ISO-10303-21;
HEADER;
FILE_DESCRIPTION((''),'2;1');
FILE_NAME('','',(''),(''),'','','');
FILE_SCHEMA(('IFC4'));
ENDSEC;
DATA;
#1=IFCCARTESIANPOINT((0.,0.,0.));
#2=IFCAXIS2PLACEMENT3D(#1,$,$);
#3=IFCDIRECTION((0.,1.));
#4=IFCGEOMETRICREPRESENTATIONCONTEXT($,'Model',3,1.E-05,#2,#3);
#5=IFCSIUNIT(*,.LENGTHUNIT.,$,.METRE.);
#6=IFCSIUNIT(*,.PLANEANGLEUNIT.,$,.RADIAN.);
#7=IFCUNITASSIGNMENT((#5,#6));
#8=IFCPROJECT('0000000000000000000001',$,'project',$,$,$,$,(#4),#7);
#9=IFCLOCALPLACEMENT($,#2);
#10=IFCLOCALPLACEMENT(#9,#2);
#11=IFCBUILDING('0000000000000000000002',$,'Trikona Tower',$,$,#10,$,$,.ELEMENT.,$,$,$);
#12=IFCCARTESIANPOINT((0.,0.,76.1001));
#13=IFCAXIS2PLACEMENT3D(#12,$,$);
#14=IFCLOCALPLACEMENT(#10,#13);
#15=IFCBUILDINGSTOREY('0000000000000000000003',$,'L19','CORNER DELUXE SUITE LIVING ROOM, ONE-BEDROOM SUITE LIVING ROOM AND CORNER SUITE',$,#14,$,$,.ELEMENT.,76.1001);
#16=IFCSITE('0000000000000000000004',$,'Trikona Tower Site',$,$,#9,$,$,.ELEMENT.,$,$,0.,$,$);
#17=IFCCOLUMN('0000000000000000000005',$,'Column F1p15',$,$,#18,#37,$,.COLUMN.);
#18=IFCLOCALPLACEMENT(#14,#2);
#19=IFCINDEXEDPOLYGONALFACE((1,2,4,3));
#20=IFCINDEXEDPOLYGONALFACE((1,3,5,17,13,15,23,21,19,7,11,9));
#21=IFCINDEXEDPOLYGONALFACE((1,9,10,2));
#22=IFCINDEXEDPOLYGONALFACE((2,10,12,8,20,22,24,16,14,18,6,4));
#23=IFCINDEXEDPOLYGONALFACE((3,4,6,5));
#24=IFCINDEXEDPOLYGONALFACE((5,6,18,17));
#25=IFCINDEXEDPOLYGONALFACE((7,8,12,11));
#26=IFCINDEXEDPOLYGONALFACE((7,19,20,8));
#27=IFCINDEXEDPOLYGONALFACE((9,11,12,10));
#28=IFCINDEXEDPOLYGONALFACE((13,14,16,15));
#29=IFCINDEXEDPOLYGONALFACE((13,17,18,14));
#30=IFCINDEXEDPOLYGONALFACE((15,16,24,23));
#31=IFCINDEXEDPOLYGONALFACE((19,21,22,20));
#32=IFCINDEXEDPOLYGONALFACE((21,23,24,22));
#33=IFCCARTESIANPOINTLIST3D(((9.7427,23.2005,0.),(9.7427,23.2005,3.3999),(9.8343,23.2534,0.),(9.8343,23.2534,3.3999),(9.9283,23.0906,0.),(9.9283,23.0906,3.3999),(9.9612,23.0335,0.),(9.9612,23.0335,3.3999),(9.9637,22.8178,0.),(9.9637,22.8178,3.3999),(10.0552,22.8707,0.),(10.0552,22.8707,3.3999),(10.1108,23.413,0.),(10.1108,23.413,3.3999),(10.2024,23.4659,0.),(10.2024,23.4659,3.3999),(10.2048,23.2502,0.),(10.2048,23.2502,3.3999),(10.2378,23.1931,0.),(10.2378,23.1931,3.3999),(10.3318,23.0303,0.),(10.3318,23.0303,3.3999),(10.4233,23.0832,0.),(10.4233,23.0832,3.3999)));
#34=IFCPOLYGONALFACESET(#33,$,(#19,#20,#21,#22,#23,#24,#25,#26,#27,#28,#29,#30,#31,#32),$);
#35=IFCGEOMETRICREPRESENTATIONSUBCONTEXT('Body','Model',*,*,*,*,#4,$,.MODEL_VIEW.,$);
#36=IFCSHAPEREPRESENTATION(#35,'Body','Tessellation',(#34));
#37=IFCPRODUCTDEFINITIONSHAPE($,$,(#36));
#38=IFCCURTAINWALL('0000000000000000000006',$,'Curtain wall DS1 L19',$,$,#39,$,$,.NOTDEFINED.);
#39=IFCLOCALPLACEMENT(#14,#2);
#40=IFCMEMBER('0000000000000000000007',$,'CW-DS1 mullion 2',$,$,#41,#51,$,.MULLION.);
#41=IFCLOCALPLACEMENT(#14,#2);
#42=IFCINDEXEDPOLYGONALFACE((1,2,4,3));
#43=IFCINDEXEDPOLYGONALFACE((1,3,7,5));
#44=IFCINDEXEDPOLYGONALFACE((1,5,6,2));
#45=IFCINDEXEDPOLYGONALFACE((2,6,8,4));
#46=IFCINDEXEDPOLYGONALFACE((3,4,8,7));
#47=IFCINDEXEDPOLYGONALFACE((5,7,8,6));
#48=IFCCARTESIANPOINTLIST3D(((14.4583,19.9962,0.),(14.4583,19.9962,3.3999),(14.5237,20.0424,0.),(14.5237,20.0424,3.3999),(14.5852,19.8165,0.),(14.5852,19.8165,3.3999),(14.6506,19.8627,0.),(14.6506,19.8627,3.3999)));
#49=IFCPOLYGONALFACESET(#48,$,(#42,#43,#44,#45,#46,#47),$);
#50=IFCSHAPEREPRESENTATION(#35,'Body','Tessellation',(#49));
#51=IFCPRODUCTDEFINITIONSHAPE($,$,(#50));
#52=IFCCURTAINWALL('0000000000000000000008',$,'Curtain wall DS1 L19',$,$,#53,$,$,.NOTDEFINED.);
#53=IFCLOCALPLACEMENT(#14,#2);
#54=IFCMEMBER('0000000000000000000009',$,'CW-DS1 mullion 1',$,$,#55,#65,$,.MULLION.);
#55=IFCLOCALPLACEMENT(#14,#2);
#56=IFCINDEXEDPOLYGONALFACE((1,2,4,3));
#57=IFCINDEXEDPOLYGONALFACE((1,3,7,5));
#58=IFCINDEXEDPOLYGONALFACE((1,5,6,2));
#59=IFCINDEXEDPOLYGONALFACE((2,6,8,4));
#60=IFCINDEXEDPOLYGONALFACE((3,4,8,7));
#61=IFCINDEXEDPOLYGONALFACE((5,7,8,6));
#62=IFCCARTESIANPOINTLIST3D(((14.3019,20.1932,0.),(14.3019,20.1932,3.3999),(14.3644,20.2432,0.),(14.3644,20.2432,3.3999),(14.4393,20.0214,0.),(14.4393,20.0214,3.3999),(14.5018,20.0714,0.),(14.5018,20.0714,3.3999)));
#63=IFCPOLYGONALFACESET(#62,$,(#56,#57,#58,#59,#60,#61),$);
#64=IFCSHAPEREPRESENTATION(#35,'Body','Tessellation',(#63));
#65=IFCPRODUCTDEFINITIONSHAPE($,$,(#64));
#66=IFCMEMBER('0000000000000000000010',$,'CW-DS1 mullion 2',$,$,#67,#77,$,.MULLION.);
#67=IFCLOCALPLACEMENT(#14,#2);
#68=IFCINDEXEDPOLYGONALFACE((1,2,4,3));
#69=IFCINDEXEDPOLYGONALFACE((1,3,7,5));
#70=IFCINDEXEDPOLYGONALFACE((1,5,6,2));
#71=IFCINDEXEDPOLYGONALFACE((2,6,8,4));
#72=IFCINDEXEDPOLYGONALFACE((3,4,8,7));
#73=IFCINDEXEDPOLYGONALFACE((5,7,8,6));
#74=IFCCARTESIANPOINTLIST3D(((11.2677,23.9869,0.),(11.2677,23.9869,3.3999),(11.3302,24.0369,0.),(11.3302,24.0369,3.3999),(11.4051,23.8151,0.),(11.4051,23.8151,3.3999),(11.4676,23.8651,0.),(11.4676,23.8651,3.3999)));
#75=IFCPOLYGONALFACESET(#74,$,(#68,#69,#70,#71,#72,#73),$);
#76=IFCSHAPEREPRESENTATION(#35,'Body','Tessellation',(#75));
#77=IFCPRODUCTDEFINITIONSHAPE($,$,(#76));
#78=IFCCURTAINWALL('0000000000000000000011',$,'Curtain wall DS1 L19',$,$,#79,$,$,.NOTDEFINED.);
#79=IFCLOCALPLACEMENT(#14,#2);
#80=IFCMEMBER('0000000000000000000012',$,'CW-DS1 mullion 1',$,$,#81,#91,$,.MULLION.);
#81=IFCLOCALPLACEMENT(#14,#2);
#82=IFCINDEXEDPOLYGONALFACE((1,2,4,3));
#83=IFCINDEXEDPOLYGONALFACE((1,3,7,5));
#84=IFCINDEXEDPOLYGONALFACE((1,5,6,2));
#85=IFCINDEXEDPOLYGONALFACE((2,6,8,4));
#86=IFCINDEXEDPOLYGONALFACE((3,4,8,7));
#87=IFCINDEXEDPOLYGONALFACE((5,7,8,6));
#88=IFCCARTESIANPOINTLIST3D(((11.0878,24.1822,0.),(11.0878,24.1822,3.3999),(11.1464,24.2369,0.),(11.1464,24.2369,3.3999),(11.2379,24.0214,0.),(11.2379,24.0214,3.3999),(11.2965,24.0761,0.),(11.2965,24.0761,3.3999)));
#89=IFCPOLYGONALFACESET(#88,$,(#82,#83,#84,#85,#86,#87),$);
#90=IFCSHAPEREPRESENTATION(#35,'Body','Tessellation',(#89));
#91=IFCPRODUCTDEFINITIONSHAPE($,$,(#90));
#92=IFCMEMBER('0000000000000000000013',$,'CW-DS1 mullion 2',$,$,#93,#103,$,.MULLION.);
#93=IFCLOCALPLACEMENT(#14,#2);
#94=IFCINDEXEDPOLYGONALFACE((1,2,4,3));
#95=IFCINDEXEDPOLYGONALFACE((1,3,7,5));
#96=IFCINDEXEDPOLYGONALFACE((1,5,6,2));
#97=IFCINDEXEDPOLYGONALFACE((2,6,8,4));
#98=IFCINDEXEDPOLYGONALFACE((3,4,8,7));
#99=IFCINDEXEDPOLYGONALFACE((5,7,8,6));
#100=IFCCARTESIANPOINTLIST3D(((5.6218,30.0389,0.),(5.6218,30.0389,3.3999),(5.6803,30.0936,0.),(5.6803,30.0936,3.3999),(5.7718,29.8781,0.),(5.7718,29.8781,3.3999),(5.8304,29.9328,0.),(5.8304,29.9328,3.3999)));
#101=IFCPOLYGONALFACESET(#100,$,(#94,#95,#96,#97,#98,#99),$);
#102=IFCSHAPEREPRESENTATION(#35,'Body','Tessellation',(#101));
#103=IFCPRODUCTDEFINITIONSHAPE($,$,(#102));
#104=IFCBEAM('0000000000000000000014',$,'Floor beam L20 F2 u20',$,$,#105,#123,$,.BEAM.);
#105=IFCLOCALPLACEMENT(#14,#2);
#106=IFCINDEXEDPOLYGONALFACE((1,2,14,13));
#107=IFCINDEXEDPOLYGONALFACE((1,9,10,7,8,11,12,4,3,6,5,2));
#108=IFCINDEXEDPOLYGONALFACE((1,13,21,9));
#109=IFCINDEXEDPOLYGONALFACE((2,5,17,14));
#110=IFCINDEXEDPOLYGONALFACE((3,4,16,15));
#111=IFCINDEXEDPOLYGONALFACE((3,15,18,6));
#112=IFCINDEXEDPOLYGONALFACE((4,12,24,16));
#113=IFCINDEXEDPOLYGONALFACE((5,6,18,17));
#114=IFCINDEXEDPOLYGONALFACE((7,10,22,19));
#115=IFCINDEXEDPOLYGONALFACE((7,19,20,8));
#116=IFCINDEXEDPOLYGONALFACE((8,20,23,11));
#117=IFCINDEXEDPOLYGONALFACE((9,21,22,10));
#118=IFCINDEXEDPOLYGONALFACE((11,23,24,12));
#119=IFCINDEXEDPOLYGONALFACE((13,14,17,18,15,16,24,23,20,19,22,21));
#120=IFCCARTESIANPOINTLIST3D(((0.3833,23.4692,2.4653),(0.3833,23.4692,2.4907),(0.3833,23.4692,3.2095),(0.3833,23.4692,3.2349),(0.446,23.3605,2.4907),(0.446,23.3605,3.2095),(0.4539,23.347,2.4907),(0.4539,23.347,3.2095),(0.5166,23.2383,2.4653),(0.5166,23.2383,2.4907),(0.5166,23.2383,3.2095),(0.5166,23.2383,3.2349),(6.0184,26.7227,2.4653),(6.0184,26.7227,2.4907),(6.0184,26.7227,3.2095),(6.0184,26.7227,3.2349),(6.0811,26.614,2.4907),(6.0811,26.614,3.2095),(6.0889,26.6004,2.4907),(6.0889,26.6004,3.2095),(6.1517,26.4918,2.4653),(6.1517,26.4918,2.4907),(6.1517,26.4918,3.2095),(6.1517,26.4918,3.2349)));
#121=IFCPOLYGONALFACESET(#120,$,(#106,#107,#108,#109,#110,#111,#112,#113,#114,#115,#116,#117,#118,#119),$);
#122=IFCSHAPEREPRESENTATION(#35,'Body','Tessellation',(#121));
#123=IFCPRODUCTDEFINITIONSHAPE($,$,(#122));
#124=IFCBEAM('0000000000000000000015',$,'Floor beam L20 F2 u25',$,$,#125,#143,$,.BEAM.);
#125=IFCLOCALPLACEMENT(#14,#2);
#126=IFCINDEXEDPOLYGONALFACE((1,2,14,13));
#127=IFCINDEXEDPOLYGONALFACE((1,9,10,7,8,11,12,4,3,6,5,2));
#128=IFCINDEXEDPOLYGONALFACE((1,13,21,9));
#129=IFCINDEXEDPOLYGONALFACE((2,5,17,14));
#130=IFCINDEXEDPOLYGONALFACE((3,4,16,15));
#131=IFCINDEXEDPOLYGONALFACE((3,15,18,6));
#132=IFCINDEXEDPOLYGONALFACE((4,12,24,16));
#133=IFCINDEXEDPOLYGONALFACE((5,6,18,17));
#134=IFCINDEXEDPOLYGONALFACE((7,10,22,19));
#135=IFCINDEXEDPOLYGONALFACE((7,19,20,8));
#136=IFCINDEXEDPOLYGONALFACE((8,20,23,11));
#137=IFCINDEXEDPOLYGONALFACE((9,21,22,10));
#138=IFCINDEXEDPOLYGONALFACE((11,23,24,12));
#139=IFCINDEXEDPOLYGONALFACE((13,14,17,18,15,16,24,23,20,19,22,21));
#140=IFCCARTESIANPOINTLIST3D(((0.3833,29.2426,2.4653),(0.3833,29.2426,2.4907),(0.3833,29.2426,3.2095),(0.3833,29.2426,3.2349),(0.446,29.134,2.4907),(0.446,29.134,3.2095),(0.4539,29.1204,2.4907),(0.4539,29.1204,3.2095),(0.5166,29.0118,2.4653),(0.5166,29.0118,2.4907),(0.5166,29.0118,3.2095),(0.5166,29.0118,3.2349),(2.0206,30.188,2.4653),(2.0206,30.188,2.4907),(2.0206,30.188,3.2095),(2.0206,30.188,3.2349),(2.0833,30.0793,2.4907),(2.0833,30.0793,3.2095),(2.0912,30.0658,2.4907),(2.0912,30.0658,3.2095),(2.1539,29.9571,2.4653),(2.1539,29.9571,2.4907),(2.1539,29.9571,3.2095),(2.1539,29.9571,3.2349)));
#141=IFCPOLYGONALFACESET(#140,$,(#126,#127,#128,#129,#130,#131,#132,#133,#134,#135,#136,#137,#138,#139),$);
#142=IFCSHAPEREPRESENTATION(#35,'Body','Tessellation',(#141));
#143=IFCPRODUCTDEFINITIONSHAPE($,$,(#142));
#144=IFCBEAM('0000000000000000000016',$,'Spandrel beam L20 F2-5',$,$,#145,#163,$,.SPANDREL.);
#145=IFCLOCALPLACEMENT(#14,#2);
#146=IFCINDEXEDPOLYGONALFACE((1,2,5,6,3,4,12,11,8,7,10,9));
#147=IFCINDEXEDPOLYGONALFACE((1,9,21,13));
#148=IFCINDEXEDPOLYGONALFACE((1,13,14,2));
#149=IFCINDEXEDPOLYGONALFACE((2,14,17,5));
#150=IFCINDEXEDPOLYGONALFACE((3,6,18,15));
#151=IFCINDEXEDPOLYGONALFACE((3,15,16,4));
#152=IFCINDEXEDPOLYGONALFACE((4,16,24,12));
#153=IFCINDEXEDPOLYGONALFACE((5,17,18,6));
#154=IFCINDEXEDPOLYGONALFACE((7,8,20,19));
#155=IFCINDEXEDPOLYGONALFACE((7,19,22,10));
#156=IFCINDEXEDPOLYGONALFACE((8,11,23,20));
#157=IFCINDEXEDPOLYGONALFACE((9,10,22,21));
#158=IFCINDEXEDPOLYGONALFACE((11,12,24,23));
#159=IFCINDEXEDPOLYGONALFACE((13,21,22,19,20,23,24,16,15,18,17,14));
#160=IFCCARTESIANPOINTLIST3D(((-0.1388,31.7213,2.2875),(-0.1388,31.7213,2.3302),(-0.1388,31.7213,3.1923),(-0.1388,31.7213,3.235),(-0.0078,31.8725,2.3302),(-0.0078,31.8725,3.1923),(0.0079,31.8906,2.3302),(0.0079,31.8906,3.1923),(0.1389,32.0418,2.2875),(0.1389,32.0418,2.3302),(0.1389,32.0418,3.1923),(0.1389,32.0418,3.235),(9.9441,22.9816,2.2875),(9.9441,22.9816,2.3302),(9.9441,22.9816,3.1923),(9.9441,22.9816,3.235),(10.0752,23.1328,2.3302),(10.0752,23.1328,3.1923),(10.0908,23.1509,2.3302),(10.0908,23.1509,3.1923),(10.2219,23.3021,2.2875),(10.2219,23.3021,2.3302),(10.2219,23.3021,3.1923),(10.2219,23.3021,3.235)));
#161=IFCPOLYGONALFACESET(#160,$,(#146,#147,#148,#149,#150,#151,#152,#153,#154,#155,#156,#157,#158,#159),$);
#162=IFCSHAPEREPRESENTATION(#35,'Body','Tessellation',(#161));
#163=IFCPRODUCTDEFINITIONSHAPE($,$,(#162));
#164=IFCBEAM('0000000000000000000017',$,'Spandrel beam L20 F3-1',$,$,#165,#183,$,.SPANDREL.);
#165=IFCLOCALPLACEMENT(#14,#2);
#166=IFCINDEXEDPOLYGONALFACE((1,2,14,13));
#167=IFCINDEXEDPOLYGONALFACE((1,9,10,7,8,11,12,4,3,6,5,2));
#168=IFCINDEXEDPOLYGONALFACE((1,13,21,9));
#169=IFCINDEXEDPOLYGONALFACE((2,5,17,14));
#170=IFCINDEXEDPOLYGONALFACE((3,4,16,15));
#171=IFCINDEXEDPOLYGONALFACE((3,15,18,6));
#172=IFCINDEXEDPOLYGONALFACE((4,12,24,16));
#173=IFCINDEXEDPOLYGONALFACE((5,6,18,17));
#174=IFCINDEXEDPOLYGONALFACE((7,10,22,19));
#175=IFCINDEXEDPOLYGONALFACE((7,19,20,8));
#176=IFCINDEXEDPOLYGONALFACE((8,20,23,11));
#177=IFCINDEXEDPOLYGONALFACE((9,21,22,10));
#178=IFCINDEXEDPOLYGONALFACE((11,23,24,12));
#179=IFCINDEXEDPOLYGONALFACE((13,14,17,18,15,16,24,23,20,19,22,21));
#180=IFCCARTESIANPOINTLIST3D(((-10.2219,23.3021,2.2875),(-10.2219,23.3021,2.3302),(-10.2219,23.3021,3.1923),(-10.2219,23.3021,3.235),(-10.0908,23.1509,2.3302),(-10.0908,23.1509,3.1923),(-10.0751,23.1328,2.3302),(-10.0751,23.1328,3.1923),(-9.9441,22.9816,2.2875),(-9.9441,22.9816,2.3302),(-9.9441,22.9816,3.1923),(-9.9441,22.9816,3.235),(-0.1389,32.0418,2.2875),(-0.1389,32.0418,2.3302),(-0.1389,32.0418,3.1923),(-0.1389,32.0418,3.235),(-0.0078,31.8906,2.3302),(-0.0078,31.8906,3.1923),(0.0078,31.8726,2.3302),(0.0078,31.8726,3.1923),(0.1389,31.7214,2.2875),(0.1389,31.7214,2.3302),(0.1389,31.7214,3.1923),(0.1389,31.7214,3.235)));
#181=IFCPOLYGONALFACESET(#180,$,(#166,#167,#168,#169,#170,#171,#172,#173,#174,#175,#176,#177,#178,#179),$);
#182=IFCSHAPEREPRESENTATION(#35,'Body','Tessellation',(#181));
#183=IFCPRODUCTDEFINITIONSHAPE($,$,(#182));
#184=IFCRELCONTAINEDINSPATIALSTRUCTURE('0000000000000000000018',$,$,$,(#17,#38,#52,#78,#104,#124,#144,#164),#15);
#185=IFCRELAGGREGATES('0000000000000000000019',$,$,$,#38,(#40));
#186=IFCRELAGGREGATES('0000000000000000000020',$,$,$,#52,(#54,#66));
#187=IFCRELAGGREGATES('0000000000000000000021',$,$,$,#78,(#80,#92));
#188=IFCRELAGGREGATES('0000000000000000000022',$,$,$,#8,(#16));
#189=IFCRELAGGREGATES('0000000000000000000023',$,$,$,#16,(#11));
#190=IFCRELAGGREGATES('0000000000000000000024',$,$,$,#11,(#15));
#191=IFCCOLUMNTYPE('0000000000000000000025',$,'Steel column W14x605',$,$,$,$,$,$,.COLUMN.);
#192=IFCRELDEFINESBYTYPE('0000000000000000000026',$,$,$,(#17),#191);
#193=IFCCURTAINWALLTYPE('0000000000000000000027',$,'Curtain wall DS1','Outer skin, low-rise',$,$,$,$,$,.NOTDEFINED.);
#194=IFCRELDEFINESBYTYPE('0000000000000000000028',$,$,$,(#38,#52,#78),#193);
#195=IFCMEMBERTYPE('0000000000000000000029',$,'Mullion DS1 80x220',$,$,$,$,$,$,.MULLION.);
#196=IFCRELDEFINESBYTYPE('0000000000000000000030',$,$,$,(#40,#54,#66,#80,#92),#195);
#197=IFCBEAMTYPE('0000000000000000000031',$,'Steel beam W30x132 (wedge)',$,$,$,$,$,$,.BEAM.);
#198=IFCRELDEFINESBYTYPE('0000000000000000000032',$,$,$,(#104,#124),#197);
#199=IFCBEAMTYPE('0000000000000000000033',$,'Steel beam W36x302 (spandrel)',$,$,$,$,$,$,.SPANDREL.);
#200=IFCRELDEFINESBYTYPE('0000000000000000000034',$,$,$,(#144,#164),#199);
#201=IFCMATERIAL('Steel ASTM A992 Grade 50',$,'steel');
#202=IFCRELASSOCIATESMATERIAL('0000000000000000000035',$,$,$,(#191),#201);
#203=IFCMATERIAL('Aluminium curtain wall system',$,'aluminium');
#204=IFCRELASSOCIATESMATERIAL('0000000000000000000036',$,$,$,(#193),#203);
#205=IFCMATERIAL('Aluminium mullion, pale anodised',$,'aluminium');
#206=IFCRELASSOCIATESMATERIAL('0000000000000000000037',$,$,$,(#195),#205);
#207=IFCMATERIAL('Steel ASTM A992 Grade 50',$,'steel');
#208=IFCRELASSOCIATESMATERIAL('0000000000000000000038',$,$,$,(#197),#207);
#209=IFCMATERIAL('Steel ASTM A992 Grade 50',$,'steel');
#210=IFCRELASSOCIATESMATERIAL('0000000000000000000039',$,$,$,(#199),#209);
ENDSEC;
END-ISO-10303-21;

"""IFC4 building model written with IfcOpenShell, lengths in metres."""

from ifc_helpers import new_model, si_unit, direction, frame, origin, origin_2d, place, context, subcontext, project, spatial, rectangle, i_section, extrude, material, material_profile, profile_set, type_object, element, aggregate, save


model = new_model("IFC4")

# Units and contexts
model_context = context("Model", 3, precision=1e-05, world=origin(), true_north=direction((0.0, 1.0)))
body_context = subcontext(model_context, "Body", "Model", "MODEL_VIEW")
ifc_project = project(units=[si_unit("LENGTHUNIT", "METRE"), si_unit("PLANEANGLEUNIT", "RADIAN")], contexts=[model_context])

# Site, building, storey
site_placement = place(None, origin())
site = spatial("IfcSite", under=ifc_project, at=site_placement, Name="Trikona Tower Site", CompositionType="ELEMENT", RefElevation=0.0)
building_placement = place(site_placement, origin())
building = spatial("IfcBuilding", under=site, at=building_placement, Name="Trikona Tower", CompositionType="ELEMENT")
storey_placement = place(building_placement, frame((0.0, 0.0, 76.1001)))
storey = spatial("IfcBuildingStorey", under=building, at=storey_placement, Name="L19", Description="CORNER DELUXE SUITE LIVING ROOM, ONE-BEDROOM SUITE LIVING ROOM AND CORNER SUITE", CompositionType="ELEMENT", Elevation=76.1001)

# Column
ifc_material_1 = material(Name="Steel ASTM A992 Grade 50", Category="steel")
ifc_material_profile_1 = material_profile(ifc_material_1, i_section(OverallWidth=0.4419, OverallDepth=0.5308, WebThickness=0.0659, FlangeThickness=0.1057, at=origin_2d()), Name="W14X605")
ifc_profile_set_1 = profile_set([ifc_material_profile_1], Name="Steel ASTM A992 Grade 50")
column_type = type_object("IfcColumnType", Name="Steel column W14x605", PredefinedType="COLUMN", material=ifc_profile_set_1)
column_placement = place(storey_placement, frame((10.083, 23.1418, 0.0), z_axis=(0.0, 0.0, 1.0), x_axis=(-0.5, 0.866025, 0.0)))
element("IfcColumn", 1, at=column_placement, inside=storey, type_object=column_type, Name="Column F1p15", PredefinedType="COLUMN", context=body_context, shape_type="SweptSolid", body=[
    extrude(i_section(OverallWidth=0.4419, OverallDepth=0.5308, WebThickness=0.0659, FlangeThickness=0.1057, at=origin_2d()), origin(), (0.0, 0.0, 1.0), 3.3999),
])

# Curtain wall, member
ifc_material_2 = material(Name="Aluminium curtain wall system", Category="aluminium")
curtain_wall_type = type_object("IfcCurtainWallType", Name="Curtain wall DS1", Description="Outer skin, low-rise", PredefinedType="NOTDEFINED", material=ifc_material_2)
curtain_wall_1_placement = place(storey_placement, origin())
curtain_wall_1 = element("IfcCurtainWall", 2, at=curtain_wall_1_placement, inside=storey, type_object=curtain_wall_type, Name="Curtain wall DS1 L19", PredefinedType="NOTDEFINED")
ifc_material_3 = material(Name="Aluminium mullion, pale anodised", Category="aluminium")
ifc_material_profile_2 = material_profile(ifc_material_3, rectangle(XDim=0.0801, YDim=0.22, at=origin_2d()), Name="MUL-DS1")
ifc_profile_set_2 = profile_set([ifc_material_profile_2], Name="Aluminium mullion, pale anodised")
member_type_1 = type_object("IfcMemberType", Name="Mullion DS1 80x220", PredefinedType="MULLION", material=ifc_profile_set_2)
member_1_placement = place(storey_placement, frame((14.5544, 19.9294, 0.0), z_axis=(0.0, 0.0, 1.0), x_axis=(-0.816985, -0.576658, 0.0)))
member_1 = element("IfcMember", 3, at=member_1_placement, type_object=member_type_1, Name="CW-DS1 mullion 2", PredefinedType="MULLION", context=body_context, shape_type="SweptSolid", body=[
    extrude(rectangle(XDim=0.0801, YDim=0.22, at=origin_2d()), origin(), (0.0, 0.0, 1.0), 3.3999),
])
aggregate(curtain_wall_1, [member_1])

# Curtain walls, members
curtain_wall_2_placement = place(storey_placement, origin())
curtain_wall_2 = element("IfcCurtainWall", 4, at=curtain_wall_2_placement, inside=storey, type_object=curtain_wall_type, Name="Curtain wall DS1 L19", PredefinedType="NOTDEFINED")
member_2_placement = place(storey_placement, frame((14.4019, 20.1323, 0.0), z_axis=(0.0, 0.0, 1.0), x_axis=(-0.780938, -0.624609, 0.0)))
member_2 = element("IfcMember", 5, at=member_2_placement, type_object=member_type_1, Name="CW-DS1 mullion 1", PredefinedType="MULLION", context=body_context, shape_type="SweptSolid", body=[
    extrude(rectangle(XDim=0.0801, YDim=0.22, at=origin_2d()), origin(), (0.0, 0.0, 1.0), 3.3999),
])
member_3_placement = place(storey_placement, frame((11.3677, 23.926, 0.0), z_axis=(0.0, 0.0, 1.0), x_axis=(-0.780938, -0.624609, 0.0)))
member_3 = element("IfcMember", 6, at=member_3_placement, type_object=member_type_1, Name="CW-DS1 mullion 2", PredefinedType="MULLION", context=body_context, shape_type="SweptSolid", body=[
    extrude(rectangle(XDim=0.0801, YDim=0.22, at=origin_2d()), origin(), (0.0, 0.0, 1.0), 3.3999),
])
curtain_wall_3_placement = place(storey_placement, origin())
curtain_wall_3 = element("IfcCurtainWall", 7, at=curtain_wall_3_placement, inside=storey, type_object=curtain_wall_type, Name="Curtain wall DS1 L19", PredefinedType="NOTDEFINED")
member_4_placement = place(storey_placement, frame((11.1921, 24.1292, 0.0), z_axis=(0.0, 0.0, 1.0), x_axis=(-0.731077, -0.682295, 0.0)))
member_4 = element("IfcMember", 8, at=member_4_placement, type_object=member_type_1, Name="CW-DS1 mullion 1", PredefinedType="MULLION", context=body_context, shape_type="SweptSolid", body=[
    extrude(rectangle(XDim=0.0801, YDim=0.22, at=origin_2d()), origin(), (0.0, 0.0, 1.0), 3.3999),
])
member_5_placement = place(storey_placement, frame((5.7261, 29.9858, 0.0), z_axis=(0.0, 0.0, 1.0), x_axis=(-0.731077, -0.682295, 0.0)))
member_5 = element("IfcMember", 9, at=member_5_placement, type_object=member_type_1, Name="CW-DS1 mullion 2", PredefinedType="MULLION", context=body_context, shape_type="SweptSolid", body=[
    extrude(rectangle(XDim=0.0801, YDim=0.22, at=origin_2d()), origin(), (0.0, 0.0, 1.0), 3.3999),
])

# Beams
ifc_material_4 = material(Name="Steel ASTM A992 Grade 50", Category="steel")
ifc_material_profile_3 = material_profile(ifc_material_4, i_section(OverallWidth=0.2666, OverallDepth=0.7695, WebThickness=0.0156, FlangeThickness=0.0254, at=origin_2d()), Name="W30X132")
ifc_profile_set_3 = profile_set([ifc_material_profile_3], Name="Steel ASTM A992 Grade 50")
beam_type_1 = type_object("IfcBeamType", Name="Steel beam W30x132 (wedge)", PredefinedType="BEAM", material=ifc_profile_set_3)
beam_1_placement = place(storey_placement, frame((0.45, 23.3538, 2.8501), z_axis=(0.866023, 0.500005, 0.0), x_axis=(-0.500005, 0.866023, 0.0)))
element("IfcBeam", 10, at=beam_1_placement, inside=storey, type_object=beam_type_1, Name="Floor beam L20 F2 u20", PredefinedType="BEAM", context=body_context, shape_type="SweptSolid", body=[
    extrude(i_section(OverallWidth=0.2666, OverallDepth=0.7695, WebThickness=0.0156, FlangeThickness=0.0254, at=origin_2d()), origin(), (0.0, 0.0, 1.0), 6.5068),
])
beam_2_placement = place(storey_placement, frame((0.45, 29.1272, 2.8501), z_axis=(0.866009, 0.500028, 0.0), x_axis=(-0.500028, 0.866009, 0.0)))
element("IfcBeam", 11, at=beam_2_placement, inside=storey, type_object=beam_type_1, Name="Floor beam L20 F2 u25", PredefinedType="BEAM", context=body_context, shape_type="SweptSolid", body=[
    extrude(i_section(OverallWidth=0.2666, OverallDepth=0.7695, WebThickness=0.0156, FlangeThickness=0.0254, at=origin_2d()), origin(), (0.0, 0.0, 1.0), 1.8906),
])
ifc_material_5 = material(Name="Steel ASTM A992 Grade 50", Category="steel")
ifc_material_profile_4 = material_profile(ifc_material_5, i_section(OverallWidth=0.4241, OverallDepth=0.9475, WebThickness=0.0239, FlangeThickness=0.0427, at=origin_2d()), Name="W36X302")
ifc_profile_set_4 = profile_set([ifc_material_profile_4], Name="Steel ASTM A992 Grade 50")
beam_type_2 = type_object("IfcBeamType", Name="Steel beam W36x302 (spandrel)", PredefinedType="SPANDREL", material=ifc_profile_set_4)
for number, where, z_axis, x_axis, name in (
    (12, (10.083, 23.1418, 2.7612), (-0.755647, 0.654979, 0.0), (-0.654979, -0.755647, 0.0), "Spandrel beam L20 F2-5"),
    (13, (0.0, 31.8816, 2.7612), (-0.755647, -0.654979, 0.0), (0.654979, -0.755647, 0.0), "Spandrel beam L20 F3-1"),
):
    element("IfcBeam", number, at=place(storey_placement, frame(where, z_axis=z_axis, x_axis=x_axis)), inside=storey, type_object=beam_type_2, Name=name, PredefinedType="SPANDREL", context=body_context, shape_type="SweptSolid", body=[
        extrude(i_section(OverallWidth=0.4241, OverallDepth=0.9475, WebThickness=0.0239, FlangeThickness=0.0427, at=origin_2d()), origin(), (0.0, 0.0, 1.0), 13.3435),
    ])

aggregate(curtain_wall_2, [member_2, member_3])
aggregate(curtain_wall_3, [member_4, member_5])

save(model, "model.ifc")
